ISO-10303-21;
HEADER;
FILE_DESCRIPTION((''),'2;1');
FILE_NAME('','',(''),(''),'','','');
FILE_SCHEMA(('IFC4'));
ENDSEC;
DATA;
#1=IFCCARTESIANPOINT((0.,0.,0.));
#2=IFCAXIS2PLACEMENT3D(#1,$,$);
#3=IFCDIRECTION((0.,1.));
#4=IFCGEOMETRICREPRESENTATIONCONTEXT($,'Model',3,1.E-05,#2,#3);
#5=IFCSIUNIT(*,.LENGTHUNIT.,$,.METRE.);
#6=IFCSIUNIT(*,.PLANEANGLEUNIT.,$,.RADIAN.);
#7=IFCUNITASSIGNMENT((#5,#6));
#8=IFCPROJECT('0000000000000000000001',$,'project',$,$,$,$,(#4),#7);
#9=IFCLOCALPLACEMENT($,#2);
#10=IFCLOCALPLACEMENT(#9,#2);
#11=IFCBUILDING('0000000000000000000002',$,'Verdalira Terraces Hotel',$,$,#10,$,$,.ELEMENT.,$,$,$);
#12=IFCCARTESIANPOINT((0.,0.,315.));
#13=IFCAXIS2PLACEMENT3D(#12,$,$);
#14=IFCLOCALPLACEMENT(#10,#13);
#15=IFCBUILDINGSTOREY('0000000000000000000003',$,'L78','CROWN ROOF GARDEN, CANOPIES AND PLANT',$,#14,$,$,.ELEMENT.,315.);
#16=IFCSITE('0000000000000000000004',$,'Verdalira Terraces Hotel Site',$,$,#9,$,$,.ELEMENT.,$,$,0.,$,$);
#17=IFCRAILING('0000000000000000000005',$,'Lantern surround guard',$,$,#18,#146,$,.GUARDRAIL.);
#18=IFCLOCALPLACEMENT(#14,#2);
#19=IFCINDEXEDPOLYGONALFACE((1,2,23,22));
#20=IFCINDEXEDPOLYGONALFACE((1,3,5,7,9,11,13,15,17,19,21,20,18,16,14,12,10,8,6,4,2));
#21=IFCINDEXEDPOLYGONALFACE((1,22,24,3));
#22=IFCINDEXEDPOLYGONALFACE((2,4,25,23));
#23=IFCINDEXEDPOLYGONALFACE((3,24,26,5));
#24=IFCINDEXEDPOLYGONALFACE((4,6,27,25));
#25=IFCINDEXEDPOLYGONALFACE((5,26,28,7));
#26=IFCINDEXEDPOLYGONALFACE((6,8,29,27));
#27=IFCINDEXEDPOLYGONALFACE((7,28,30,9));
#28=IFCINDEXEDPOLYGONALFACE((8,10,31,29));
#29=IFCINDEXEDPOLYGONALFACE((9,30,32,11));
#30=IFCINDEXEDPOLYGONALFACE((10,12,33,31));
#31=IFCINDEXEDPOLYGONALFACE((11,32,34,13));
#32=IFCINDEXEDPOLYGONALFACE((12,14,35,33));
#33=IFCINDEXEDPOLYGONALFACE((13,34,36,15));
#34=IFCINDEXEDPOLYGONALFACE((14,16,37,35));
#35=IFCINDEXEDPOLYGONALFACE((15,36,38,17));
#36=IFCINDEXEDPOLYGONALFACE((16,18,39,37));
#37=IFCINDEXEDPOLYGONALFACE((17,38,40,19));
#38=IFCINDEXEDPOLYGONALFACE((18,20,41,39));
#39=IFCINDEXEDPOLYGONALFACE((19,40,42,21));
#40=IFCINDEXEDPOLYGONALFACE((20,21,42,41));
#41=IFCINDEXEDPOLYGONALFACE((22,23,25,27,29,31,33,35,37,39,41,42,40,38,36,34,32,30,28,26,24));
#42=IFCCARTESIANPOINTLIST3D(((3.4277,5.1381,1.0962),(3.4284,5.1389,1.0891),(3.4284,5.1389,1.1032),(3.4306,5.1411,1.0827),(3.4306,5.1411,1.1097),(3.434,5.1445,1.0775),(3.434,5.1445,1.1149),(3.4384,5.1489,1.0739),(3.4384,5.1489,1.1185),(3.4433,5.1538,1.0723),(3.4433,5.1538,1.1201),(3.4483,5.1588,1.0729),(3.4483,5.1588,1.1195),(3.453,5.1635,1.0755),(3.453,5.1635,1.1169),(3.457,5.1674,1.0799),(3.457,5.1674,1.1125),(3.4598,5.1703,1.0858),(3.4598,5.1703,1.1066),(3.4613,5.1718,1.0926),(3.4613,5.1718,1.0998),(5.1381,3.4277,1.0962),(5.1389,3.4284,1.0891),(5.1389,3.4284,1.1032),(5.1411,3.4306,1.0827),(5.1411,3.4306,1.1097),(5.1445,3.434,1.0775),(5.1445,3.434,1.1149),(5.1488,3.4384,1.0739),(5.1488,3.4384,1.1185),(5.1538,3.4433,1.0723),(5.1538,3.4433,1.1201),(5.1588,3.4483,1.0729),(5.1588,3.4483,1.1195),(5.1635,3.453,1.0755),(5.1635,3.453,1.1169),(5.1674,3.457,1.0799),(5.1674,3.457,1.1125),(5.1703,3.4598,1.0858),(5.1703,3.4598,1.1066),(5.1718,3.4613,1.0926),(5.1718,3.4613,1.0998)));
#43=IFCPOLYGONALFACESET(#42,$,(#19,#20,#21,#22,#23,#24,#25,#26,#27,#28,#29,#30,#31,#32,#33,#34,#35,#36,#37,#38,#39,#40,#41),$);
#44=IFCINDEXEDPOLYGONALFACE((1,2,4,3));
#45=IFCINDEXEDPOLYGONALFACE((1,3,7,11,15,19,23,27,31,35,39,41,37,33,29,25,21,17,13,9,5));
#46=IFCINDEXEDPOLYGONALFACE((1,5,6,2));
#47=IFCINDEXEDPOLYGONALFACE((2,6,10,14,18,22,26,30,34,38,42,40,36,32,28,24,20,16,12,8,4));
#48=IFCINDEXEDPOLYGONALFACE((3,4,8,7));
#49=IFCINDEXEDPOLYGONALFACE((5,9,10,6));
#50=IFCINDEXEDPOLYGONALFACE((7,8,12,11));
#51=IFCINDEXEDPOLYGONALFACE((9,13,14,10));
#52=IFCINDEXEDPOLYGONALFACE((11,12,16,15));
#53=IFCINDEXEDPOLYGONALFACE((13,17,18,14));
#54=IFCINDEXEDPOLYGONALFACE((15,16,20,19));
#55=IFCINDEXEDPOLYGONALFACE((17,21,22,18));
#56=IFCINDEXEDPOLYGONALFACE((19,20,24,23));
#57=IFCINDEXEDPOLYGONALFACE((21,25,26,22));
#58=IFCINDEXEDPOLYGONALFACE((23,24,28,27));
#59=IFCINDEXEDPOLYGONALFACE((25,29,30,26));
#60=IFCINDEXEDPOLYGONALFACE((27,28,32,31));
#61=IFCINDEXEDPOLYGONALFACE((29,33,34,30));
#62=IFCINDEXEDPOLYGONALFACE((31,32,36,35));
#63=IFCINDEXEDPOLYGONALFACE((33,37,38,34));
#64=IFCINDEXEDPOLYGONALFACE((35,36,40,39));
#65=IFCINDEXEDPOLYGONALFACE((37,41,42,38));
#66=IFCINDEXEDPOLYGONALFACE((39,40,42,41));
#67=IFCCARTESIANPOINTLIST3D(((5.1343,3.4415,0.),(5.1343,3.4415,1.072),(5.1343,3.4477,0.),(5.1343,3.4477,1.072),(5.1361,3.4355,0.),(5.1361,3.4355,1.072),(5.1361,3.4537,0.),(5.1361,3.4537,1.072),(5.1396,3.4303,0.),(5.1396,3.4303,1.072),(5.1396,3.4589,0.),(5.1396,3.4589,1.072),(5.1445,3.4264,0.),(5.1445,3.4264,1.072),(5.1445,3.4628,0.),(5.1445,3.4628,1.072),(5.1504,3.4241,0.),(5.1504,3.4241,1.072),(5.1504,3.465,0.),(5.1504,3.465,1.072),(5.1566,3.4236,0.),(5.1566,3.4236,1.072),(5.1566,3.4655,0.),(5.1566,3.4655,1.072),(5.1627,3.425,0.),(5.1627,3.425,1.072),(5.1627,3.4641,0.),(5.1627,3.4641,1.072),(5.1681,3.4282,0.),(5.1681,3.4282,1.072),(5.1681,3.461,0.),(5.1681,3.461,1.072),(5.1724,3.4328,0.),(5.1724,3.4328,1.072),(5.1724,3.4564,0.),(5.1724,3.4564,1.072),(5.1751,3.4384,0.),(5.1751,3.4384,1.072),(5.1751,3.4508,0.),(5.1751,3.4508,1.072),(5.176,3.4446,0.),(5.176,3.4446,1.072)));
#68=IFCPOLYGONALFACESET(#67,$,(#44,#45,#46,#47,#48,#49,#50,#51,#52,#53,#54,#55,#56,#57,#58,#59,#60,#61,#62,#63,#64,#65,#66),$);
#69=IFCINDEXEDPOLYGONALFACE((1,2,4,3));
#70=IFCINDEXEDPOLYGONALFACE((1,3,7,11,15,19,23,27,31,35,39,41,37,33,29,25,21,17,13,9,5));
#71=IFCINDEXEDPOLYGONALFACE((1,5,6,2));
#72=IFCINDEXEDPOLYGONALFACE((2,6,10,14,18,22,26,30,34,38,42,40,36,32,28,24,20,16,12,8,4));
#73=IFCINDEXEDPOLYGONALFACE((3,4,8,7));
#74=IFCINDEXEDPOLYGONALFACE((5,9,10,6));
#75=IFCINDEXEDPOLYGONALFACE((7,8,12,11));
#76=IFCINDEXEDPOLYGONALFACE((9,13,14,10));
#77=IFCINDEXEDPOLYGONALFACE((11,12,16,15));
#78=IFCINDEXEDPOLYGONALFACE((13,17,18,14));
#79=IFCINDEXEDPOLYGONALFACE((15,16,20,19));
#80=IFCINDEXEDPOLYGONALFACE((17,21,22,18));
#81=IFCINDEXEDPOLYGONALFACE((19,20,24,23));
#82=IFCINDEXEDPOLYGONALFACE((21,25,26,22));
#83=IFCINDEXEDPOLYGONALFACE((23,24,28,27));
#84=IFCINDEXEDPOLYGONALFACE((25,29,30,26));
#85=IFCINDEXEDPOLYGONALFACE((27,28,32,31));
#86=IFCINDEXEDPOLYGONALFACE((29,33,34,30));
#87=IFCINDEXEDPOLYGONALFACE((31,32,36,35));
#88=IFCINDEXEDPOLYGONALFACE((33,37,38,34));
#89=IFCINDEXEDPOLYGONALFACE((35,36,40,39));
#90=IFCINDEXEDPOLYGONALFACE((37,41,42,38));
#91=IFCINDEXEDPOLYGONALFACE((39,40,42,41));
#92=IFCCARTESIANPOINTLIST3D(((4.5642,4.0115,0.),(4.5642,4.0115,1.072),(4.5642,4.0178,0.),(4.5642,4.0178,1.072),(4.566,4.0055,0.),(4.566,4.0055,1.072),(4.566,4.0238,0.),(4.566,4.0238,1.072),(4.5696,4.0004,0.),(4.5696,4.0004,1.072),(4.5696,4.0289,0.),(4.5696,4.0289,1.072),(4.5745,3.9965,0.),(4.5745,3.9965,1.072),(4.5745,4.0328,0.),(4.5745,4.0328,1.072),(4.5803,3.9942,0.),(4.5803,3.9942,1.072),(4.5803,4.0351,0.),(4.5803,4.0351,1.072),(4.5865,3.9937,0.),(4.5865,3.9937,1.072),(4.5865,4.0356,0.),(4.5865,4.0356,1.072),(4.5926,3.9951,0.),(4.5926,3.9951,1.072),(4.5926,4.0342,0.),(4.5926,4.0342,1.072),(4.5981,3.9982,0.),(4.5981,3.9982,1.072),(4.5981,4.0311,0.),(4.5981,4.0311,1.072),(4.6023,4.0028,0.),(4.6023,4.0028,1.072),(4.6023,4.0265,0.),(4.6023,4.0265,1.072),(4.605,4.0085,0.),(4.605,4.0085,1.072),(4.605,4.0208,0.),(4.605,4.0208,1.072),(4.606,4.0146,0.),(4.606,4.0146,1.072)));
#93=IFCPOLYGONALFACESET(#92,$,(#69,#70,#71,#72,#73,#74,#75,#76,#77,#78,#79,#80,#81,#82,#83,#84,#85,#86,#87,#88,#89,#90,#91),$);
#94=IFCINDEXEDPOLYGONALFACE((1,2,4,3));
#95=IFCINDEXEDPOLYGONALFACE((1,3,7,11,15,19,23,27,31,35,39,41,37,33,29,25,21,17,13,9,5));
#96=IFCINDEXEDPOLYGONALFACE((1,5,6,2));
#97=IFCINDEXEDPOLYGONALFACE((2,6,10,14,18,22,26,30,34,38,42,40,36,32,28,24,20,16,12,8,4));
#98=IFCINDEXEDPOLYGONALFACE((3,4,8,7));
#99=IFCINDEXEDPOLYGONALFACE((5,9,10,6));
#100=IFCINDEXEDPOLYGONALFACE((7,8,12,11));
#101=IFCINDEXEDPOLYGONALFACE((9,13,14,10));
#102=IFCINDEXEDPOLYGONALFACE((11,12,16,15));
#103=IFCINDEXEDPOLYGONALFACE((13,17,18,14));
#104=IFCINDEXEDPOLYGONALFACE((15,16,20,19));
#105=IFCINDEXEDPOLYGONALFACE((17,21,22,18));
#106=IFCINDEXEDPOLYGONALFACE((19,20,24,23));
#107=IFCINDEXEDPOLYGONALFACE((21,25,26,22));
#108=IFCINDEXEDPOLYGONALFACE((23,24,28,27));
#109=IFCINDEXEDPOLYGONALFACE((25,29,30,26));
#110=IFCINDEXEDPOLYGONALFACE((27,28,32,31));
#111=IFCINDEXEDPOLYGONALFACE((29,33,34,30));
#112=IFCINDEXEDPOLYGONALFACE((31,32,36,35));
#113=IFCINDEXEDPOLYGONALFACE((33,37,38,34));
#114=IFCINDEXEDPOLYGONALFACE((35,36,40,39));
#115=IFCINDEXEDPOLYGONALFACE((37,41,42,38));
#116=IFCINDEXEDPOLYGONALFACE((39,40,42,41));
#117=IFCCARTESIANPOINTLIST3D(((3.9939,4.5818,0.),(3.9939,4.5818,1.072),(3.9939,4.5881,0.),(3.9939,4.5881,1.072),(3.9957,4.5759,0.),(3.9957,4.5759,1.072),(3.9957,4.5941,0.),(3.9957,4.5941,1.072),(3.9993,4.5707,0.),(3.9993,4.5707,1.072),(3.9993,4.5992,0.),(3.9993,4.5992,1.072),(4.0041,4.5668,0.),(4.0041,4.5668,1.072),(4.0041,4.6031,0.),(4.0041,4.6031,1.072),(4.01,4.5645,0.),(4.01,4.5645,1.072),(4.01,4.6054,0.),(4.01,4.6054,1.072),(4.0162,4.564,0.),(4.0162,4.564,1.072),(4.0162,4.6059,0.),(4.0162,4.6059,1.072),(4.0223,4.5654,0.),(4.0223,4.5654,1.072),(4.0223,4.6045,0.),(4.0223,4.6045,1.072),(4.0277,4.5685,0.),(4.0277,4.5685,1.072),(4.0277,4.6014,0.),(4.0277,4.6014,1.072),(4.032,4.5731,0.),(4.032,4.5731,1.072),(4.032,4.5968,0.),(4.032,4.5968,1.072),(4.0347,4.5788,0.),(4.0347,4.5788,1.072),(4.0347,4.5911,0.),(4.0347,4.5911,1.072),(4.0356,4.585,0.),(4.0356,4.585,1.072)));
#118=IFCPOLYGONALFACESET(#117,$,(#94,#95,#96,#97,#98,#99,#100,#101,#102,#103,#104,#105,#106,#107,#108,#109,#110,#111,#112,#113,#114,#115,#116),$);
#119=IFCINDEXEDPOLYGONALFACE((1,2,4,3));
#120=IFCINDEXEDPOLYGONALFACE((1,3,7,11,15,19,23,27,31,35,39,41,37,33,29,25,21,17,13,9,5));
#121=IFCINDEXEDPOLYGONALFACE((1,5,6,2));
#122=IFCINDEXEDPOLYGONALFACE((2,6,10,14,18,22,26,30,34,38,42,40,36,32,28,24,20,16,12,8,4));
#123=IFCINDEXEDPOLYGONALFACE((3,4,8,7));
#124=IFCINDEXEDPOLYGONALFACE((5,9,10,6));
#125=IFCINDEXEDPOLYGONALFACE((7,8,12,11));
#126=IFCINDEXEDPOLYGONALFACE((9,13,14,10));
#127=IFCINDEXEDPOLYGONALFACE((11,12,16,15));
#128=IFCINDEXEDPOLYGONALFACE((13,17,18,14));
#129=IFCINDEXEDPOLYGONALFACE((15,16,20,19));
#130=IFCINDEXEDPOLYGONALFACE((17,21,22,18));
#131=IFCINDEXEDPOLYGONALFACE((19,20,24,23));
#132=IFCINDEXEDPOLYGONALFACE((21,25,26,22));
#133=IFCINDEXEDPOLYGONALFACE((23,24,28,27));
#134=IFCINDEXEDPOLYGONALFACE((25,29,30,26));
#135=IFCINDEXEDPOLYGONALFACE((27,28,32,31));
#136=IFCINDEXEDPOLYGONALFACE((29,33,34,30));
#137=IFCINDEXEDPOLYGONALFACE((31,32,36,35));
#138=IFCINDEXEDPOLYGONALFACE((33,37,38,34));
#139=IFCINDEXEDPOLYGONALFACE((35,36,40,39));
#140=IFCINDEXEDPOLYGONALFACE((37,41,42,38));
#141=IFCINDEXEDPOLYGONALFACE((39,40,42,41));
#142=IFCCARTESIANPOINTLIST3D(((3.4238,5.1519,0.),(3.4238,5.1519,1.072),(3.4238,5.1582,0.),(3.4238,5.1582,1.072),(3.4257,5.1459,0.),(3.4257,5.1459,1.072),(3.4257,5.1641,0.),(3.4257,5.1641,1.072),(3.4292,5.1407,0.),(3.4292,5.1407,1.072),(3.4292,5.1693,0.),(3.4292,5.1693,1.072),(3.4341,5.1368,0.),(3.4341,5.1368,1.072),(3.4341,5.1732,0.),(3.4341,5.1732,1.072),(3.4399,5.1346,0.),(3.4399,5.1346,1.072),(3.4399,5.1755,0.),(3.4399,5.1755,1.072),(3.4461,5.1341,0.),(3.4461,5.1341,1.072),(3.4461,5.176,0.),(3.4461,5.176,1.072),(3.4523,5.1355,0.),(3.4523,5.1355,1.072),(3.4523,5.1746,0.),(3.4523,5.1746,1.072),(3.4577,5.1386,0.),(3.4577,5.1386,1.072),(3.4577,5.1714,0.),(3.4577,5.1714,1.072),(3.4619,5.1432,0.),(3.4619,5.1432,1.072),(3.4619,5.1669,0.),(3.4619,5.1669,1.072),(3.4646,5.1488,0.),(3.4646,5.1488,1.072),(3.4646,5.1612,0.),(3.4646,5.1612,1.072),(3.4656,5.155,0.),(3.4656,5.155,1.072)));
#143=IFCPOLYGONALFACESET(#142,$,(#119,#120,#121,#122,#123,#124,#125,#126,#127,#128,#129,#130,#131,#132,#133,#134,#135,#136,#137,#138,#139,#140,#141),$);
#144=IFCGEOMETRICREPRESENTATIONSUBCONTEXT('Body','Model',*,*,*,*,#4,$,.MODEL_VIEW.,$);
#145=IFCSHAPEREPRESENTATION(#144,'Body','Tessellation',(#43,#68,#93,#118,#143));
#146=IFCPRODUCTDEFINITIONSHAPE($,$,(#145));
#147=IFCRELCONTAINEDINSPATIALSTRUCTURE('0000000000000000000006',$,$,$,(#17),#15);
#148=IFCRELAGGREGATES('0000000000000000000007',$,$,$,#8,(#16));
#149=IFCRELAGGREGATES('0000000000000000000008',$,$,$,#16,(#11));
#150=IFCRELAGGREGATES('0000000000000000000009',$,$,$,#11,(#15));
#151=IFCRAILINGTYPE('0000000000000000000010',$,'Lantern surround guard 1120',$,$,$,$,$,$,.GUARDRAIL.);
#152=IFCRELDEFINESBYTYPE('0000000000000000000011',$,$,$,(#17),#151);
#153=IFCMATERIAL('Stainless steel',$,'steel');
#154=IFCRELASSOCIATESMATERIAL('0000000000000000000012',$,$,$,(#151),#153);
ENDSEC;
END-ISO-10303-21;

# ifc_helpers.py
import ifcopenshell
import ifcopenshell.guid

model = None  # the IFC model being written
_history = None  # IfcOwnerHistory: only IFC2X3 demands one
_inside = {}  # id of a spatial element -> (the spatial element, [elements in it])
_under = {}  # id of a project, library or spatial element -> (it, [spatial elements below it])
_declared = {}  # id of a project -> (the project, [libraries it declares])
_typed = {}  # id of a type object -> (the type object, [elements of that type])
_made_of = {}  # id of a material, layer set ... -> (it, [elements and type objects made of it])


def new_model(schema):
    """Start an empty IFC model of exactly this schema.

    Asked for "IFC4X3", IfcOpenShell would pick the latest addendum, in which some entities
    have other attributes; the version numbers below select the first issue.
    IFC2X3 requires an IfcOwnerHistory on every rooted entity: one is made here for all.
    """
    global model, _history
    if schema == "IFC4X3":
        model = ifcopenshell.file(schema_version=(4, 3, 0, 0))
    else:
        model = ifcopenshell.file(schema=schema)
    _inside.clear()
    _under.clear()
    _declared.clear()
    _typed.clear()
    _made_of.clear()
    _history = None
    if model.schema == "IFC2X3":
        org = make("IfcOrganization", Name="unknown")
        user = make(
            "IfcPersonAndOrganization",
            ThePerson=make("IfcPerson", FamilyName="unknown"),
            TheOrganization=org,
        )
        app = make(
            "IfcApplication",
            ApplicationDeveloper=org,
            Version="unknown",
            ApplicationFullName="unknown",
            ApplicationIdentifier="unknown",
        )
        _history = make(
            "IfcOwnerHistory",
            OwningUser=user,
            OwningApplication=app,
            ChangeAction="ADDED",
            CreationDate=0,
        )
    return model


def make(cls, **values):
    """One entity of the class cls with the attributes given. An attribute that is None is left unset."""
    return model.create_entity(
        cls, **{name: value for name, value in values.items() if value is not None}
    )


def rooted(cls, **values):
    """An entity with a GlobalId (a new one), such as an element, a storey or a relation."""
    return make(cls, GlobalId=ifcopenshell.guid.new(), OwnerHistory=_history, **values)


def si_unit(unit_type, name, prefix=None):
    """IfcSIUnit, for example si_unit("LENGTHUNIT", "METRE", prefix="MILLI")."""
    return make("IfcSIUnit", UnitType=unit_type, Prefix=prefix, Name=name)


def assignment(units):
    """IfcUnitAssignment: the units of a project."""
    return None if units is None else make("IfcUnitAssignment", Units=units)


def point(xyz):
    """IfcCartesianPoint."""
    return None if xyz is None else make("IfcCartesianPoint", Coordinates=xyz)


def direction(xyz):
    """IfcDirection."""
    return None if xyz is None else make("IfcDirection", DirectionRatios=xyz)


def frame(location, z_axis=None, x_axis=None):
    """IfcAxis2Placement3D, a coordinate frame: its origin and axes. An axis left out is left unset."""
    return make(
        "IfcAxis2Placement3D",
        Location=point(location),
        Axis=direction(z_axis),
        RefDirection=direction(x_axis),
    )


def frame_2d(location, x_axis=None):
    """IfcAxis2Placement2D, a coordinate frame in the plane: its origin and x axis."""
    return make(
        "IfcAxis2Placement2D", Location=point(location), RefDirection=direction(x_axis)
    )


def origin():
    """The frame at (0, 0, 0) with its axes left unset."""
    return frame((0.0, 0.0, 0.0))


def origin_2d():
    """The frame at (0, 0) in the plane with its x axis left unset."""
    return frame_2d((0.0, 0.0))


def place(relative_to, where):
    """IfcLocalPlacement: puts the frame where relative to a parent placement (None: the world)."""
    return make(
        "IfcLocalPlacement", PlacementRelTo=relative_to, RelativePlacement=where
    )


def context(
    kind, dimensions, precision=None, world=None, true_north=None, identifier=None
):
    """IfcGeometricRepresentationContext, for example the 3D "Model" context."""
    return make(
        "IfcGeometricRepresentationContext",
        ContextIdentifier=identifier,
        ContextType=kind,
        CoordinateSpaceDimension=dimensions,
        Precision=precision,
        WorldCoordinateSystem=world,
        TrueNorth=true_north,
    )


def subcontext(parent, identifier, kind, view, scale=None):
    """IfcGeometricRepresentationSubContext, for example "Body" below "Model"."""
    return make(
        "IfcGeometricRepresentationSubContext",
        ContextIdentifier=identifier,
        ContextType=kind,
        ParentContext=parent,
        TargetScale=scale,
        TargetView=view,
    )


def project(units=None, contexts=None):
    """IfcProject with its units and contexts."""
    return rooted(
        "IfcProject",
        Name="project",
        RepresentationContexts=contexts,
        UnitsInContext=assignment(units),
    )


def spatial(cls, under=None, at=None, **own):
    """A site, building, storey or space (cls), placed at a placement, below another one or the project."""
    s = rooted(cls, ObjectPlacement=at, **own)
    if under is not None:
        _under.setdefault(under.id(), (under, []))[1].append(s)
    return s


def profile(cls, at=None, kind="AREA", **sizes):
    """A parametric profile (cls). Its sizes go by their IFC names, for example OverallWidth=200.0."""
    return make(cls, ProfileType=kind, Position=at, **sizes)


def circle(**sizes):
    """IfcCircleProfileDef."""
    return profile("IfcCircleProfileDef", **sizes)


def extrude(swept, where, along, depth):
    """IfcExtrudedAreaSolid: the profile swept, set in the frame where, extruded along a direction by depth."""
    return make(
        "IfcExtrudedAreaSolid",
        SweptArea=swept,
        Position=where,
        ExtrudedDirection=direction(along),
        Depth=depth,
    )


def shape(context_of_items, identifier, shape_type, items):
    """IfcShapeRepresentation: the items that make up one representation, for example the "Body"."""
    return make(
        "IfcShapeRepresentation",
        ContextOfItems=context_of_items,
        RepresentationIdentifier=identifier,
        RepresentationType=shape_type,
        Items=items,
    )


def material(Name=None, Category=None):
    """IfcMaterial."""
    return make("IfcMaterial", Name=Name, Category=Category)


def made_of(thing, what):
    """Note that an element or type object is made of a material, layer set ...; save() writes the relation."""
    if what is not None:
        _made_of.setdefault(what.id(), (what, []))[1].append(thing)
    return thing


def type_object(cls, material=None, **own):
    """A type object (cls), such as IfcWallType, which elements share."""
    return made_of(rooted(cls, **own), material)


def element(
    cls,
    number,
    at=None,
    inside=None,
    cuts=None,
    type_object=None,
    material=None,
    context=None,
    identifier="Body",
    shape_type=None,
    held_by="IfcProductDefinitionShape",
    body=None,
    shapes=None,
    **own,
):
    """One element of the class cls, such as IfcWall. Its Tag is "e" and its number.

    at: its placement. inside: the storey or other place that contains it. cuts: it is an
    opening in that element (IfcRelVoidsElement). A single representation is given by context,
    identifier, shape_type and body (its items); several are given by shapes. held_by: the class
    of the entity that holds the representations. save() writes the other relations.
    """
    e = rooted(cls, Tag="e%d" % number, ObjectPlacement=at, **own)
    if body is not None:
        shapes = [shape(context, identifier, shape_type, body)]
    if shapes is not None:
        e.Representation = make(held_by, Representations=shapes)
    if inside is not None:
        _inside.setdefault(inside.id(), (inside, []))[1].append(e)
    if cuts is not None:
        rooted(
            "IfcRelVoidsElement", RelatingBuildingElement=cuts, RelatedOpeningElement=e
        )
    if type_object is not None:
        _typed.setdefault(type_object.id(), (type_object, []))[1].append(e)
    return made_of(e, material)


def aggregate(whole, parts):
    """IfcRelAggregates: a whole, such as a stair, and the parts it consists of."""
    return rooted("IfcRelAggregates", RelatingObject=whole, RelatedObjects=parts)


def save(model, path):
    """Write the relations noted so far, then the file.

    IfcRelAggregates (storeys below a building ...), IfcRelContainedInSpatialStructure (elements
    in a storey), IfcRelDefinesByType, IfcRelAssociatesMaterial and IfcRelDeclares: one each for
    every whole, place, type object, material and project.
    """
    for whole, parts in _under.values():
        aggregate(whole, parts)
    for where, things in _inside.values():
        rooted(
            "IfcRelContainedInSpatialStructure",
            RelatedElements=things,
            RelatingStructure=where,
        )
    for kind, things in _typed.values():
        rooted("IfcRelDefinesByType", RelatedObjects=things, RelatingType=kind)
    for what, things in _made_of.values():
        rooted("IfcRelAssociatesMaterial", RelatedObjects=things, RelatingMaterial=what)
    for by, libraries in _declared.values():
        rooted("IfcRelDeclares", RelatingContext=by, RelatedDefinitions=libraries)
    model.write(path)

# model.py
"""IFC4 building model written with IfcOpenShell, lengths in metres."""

from ifc_helpers import new_model, si_unit, direction, frame, origin, origin_2d, place, context, subcontext, project, spatial, circle, extrude, material, type_object, element, save


model = new_model("IFC4")

# Units and contexts
model_context = context("Model", 3, precision=1e-05, world=origin(), true_north=direction((0.0, 1.0)))
body_context = subcontext(model_context, "Body", "Model", "MODEL_VIEW")
ifc_project = project(units=[si_unit("LENGTHUNIT", "METRE"), si_unit("PLANEANGLEUNIT", "RADIAN")], contexts=[model_context])

# Site, building, storey
site_placement = place(None, origin())
site = spatial("IfcSite", under=ifc_project, at=site_placement, Name="Verdalira Terraces Hotel Site", CompositionType="ELEMENT", RefElevation=0.0)
building_placement = place(site_placement, origin())
building = spatial("IfcBuilding", under=site, at=building_placement, Name="Verdalira Terraces Hotel", CompositionType="ELEMENT")
storey_placement = place(building_placement, frame((0.0, 0.0, 315.0)))
storey = spatial("IfcBuildingStorey", under=building, at=storey_placement, Name="L78", Description="CROWN ROOF GARDEN, CANOPIES AND PLANT", CompositionType="ELEMENT", Elevation=315.0)

# Railing
ifc_material_1 = material(Name="Stainless steel", Category="steel")
railing_type_1 = type_object("IfcRailingType", Name="Lantern surround guard 1120", PredefinedType="GUARDRAIL", material=ifc_material_1)
railing_1_placement = place(storey_placement, frame((5.155, 3.4446, 0.0)))
element("IfcRailing", 1, at=railing_1_placement, inside=storey, type_object=railing_type_1, Name="Lantern surround guard", PredefinedType="GUARDRAIL", context=body_context, shape_type="SweptSolid", body=[
    extrude(circle(Radius=0.0239, at=origin_2d()), frame((0.0, 0.0, 1.0962), z_axis=(-0.707107, 0.707107, 0.0), x_axis=(-0.707107, -0.707107, 0.0)), (0.0, 0.0, 1.0), 2.4189),
    extrude(circle(Radius=0.021, at=origin_2d()), origin(), (0.0, 0.0, 1.0), 1.072),
    extrude(circle(Radius=0.021, at=origin_2d()), frame((-0.5701, 0.5701, 0.0)), (0.0, 0.0, 1.0), 1.072),
    extrude(circle(Radius=0.021, at=origin_2d()), frame((-1.1404, 1.1404, 0.0)), (0.0, 0.0, 1.0), 1.072),
    extrude(circle(Radius=0.021, at=origin_2d()), frame((-1.7104, 1.7104, 0.0)), (0.0, 0.0, 1.0), 1.072),
])

save(model, "model.ifc")
